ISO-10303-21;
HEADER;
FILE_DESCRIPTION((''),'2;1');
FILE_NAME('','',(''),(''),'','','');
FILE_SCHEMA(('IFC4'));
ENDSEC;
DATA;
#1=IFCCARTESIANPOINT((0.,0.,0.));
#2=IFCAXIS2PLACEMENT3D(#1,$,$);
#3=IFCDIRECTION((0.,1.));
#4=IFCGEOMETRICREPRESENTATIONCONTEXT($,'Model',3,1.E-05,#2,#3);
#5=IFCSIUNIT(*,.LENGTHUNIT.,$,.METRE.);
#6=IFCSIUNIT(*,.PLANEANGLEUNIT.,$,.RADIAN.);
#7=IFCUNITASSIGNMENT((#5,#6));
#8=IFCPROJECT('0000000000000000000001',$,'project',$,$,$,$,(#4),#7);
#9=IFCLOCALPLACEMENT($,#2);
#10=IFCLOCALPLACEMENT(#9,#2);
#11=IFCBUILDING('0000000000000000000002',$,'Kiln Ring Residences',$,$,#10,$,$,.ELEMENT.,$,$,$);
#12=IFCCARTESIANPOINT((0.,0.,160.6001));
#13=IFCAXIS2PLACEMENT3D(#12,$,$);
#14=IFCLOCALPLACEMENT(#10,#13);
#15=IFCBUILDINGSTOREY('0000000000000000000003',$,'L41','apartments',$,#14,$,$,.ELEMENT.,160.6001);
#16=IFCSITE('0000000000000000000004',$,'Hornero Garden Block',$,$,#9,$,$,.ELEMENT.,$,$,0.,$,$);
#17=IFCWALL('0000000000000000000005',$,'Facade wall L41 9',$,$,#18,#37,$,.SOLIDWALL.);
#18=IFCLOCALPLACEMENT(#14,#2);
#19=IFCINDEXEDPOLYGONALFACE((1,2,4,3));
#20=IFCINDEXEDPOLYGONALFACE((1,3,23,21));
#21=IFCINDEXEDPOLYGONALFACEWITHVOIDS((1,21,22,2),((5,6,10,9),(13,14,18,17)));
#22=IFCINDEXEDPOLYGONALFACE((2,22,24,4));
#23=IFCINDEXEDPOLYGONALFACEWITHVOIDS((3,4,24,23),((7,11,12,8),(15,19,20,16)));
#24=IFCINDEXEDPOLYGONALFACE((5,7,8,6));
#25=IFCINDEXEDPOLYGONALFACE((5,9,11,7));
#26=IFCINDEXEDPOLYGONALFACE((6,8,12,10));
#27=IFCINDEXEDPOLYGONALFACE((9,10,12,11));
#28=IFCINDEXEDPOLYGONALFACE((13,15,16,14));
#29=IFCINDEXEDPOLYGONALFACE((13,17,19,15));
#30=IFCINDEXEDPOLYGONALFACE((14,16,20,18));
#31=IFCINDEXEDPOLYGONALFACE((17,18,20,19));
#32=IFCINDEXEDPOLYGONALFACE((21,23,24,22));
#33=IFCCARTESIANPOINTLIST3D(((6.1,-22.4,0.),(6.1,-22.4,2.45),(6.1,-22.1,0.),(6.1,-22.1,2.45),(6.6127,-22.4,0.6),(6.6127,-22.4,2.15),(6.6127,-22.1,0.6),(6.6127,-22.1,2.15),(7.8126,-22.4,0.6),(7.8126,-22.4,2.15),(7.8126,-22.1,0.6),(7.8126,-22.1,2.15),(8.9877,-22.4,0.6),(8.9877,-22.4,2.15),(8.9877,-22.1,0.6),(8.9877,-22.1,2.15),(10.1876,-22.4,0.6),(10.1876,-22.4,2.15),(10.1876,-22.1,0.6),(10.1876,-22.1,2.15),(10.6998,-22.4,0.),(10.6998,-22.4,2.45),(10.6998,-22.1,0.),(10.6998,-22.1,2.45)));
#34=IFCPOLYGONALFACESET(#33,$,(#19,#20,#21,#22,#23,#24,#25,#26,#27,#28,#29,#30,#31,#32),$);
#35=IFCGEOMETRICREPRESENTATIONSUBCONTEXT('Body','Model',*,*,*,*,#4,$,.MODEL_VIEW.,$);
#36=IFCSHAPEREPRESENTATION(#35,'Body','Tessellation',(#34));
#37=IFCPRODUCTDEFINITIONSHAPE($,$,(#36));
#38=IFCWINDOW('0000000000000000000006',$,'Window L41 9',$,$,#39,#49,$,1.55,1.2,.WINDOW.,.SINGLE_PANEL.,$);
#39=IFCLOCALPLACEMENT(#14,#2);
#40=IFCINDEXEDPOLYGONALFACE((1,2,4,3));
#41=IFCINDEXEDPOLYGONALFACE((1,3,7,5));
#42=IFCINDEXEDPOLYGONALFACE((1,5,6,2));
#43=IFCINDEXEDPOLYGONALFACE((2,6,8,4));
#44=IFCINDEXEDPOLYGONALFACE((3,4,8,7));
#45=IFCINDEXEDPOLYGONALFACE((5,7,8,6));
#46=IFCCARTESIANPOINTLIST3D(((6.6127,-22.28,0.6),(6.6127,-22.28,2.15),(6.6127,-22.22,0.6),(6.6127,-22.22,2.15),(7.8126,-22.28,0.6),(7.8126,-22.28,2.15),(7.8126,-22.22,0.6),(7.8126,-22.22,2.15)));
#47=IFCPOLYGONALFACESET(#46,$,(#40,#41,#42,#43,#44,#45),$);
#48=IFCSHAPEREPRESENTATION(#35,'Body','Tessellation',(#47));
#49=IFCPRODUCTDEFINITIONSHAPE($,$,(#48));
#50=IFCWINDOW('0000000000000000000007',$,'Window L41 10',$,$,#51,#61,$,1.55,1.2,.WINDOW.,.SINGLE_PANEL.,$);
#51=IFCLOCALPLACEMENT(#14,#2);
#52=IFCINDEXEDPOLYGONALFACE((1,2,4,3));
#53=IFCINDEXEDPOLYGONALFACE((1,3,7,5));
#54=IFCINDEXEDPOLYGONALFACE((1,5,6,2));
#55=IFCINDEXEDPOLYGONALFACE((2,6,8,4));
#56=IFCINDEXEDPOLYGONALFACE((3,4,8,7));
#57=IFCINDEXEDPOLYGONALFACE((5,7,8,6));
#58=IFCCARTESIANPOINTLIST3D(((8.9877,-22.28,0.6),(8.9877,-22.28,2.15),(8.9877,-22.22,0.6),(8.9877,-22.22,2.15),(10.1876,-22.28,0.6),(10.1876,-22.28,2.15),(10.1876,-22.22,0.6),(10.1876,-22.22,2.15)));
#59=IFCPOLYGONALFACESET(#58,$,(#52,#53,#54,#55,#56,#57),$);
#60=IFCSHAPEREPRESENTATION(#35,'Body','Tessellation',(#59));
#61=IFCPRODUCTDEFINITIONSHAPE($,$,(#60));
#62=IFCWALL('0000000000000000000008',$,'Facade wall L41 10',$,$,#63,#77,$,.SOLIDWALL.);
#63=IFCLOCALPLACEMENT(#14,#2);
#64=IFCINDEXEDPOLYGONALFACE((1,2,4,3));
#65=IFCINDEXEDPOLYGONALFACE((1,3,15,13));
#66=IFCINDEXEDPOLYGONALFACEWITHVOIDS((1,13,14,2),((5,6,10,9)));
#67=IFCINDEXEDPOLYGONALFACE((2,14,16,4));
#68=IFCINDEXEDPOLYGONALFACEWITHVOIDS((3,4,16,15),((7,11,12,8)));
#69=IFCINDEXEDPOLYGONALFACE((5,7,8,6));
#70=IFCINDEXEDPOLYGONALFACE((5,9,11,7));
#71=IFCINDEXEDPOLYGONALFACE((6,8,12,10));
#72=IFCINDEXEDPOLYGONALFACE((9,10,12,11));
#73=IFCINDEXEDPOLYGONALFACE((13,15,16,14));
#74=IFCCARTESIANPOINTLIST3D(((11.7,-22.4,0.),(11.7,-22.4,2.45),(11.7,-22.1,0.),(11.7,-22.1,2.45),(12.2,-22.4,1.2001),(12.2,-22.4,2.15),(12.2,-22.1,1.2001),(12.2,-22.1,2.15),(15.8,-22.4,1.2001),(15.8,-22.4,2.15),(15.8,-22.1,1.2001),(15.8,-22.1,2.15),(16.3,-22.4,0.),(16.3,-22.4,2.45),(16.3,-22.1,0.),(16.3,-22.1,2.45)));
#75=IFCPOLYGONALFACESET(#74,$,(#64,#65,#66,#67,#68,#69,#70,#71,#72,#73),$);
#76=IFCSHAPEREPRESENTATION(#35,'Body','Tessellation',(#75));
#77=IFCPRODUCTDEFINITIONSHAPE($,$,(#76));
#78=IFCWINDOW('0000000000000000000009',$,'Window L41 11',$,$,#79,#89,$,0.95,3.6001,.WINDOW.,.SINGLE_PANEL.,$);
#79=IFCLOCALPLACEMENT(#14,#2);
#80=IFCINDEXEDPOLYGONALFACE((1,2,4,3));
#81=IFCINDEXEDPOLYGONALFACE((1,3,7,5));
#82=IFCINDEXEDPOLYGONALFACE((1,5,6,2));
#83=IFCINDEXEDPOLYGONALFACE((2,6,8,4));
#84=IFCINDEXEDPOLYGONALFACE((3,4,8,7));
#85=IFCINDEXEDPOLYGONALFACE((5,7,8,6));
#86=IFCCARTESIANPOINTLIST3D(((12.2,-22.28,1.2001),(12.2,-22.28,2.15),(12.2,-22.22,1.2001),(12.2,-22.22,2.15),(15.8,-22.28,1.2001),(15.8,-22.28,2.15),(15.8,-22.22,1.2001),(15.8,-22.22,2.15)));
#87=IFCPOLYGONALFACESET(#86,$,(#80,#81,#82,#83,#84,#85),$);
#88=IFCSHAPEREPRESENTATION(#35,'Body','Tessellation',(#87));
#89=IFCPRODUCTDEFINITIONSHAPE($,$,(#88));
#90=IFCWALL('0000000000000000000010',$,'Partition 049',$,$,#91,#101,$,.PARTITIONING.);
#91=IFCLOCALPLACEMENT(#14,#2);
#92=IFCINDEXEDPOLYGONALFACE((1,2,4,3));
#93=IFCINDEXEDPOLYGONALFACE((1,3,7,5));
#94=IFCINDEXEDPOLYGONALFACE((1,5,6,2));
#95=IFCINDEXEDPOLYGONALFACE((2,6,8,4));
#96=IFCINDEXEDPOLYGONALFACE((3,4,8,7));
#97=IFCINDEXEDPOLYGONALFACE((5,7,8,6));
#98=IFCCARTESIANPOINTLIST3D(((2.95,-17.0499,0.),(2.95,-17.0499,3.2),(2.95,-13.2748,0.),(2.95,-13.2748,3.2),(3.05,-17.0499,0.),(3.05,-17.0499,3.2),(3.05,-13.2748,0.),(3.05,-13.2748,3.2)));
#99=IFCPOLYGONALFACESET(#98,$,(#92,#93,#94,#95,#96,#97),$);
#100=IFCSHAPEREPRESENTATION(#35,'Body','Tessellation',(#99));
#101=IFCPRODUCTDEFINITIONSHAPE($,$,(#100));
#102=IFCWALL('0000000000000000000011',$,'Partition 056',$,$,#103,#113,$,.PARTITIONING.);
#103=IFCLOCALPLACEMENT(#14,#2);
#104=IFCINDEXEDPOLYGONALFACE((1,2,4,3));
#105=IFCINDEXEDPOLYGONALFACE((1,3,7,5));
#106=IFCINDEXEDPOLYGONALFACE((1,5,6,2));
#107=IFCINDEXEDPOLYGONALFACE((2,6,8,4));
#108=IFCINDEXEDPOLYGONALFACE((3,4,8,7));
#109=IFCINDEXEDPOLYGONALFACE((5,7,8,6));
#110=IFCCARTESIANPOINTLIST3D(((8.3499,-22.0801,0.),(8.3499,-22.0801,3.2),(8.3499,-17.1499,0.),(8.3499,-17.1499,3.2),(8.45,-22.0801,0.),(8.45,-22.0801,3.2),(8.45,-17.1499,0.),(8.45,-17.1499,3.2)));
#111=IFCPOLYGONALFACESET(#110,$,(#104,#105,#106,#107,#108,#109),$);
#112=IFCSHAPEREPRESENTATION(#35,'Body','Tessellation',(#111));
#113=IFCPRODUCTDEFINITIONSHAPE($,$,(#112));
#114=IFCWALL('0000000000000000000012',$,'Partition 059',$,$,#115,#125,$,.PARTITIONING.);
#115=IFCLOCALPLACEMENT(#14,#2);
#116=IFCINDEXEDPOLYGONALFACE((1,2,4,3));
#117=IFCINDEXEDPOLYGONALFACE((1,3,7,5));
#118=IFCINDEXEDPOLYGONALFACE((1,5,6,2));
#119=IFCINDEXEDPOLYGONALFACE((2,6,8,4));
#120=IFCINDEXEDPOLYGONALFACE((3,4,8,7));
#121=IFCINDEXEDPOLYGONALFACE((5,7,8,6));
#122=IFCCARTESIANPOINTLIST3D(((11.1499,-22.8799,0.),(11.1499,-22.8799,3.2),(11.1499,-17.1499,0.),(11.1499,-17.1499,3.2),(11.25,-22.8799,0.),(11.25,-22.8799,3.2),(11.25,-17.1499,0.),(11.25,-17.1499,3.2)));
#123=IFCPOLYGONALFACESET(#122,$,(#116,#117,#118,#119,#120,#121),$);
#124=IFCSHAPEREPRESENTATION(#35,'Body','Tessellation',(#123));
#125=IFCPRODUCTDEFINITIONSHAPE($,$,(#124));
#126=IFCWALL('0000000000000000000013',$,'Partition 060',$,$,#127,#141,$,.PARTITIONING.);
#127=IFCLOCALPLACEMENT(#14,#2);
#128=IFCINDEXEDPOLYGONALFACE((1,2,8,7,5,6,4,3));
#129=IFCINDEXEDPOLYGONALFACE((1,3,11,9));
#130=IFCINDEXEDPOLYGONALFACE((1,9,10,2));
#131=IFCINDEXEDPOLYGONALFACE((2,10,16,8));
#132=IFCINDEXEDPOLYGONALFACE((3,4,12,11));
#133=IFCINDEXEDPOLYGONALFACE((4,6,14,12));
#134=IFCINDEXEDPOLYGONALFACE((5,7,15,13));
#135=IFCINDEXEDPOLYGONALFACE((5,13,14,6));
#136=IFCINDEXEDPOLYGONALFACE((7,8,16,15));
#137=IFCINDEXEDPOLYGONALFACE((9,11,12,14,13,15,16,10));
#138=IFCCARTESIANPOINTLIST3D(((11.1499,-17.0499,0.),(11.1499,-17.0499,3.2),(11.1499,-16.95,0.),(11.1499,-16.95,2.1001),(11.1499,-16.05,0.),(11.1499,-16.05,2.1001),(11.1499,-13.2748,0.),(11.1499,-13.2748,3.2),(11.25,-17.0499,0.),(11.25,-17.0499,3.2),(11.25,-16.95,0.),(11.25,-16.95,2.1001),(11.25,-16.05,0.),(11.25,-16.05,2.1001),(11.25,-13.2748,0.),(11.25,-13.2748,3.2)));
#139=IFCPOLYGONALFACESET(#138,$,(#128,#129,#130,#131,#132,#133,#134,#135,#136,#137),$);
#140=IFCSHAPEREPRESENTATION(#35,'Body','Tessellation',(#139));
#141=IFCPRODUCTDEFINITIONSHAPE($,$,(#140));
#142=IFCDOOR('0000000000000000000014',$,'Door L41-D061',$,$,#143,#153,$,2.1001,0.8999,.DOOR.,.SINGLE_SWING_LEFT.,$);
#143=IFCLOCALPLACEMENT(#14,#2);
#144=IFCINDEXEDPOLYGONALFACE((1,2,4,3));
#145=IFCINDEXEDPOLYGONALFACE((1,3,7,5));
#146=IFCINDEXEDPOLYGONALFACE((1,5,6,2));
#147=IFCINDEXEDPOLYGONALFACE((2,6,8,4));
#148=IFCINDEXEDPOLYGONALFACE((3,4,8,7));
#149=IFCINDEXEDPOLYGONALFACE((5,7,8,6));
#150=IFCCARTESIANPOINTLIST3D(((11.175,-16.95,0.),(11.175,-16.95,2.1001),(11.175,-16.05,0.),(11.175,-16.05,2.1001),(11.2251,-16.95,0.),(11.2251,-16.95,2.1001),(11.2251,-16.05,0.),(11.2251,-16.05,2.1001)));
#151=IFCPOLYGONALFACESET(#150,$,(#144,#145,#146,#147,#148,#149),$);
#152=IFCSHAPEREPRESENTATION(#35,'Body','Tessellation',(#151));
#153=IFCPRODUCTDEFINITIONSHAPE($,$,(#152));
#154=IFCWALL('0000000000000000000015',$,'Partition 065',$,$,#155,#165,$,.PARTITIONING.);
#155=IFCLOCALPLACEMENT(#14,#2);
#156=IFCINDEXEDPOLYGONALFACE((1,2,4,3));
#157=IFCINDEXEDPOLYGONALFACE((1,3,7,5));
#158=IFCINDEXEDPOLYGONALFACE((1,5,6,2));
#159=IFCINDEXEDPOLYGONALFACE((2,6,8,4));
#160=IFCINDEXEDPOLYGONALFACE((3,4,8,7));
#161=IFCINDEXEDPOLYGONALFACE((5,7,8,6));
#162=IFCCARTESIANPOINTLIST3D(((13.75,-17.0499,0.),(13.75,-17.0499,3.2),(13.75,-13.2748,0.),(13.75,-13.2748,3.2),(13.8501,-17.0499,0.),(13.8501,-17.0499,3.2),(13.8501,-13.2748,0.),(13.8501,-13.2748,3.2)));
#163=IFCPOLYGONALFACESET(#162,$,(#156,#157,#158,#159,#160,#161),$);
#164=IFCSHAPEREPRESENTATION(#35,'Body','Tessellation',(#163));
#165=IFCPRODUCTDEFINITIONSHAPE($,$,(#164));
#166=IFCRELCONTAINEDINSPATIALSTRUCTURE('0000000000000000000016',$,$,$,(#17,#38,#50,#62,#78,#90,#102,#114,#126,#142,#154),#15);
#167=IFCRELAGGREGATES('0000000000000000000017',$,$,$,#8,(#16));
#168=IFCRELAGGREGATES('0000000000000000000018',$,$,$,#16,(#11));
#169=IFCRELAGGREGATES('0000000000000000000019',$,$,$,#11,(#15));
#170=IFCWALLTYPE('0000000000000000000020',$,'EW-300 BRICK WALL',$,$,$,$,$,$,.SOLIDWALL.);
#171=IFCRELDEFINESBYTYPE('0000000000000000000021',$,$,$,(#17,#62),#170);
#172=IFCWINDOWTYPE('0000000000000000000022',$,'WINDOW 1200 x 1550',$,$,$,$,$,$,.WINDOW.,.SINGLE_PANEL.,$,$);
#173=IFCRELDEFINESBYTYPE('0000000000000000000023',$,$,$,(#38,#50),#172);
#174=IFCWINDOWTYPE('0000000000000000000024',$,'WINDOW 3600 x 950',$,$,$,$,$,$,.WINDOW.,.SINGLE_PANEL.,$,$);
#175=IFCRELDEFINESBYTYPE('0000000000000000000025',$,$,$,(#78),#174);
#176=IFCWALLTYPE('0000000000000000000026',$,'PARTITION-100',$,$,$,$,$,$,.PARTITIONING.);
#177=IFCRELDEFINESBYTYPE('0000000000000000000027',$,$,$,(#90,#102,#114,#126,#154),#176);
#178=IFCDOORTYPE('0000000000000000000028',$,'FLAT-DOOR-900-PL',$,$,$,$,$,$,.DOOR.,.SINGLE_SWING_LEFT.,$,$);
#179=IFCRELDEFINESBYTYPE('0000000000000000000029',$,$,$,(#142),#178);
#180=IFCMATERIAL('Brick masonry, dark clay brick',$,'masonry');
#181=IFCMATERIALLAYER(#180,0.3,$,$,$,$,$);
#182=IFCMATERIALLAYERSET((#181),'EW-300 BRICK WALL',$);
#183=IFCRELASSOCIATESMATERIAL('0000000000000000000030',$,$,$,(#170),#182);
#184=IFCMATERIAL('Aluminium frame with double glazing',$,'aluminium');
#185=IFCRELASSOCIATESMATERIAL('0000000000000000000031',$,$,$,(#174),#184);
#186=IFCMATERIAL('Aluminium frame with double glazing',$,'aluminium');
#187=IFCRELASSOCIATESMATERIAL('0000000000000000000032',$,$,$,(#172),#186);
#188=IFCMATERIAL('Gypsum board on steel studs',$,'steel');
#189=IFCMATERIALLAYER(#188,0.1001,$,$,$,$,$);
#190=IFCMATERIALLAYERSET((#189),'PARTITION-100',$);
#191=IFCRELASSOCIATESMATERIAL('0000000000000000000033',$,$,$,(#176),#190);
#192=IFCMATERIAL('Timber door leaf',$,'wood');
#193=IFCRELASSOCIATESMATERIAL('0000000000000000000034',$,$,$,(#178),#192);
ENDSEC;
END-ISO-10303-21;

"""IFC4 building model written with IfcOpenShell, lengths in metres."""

from ifc_helpers import new_model, si_unit, direction, frame, frame_2d, origin, place, context, subcontext, project, spatial, rectangle, extrude, material, layer, layer_set, type_object, element, fill, save


model = new_model("IFC4")

# Units and contexts
model_context = context("Model", 3, precision=1e-05, world=origin(), true_north=direction((0.0, 1.0)))
body_context = subcontext(model_context, "Body", "Model", "MODEL_VIEW")
ifc_project = project(units=[si_unit("LENGTHUNIT", "METRE"), si_unit("PLANEANGLEUNIT", "RADIAN")], contexts=[model_context])

# Site, building, storey
site_placement = place(None, origin())
site = spatial("IfcSite", under=ifc_project, at=site_placement, Name="Hornero Garden Block", CompositionType="ELEMENT", RefElevation=0.0)
building_placement = place(site_placement, origin())
building = spatial("IfcBuilding", under=site, at=building_placement, Name="Kiln Ring Residences", CompositionType="ELEMENT")
storey_placement = place(building_placement, frame((0.0, 0.0, 160.6001)))
storey = spatial("IfcBuildingStorey", under=building, at=storey_placement, Name="L41", Description="apartments", CompositionType="ELEMENT", Elevation=160.6001)

# Shared definitions
ifc_material_1 = material(Name="Brick masonry, dark clay brick", Category="masonry")
ifc_layer_1 = layer(ifc_material_1, 0.3)
ifc_layer_set_1 = layer_set([ifc_layer_1], Name="EW-300 BRICK WALL")
wall_type_1 = type_object("IfcWallType", Name="EW-300 BRICK WALL", PredefinedType="SOLIDWALL", material=ifc_layer_set_1)
ifc_material_2 = material(Name="Aluminium frame with double glazing", Category="aluminium")
window_type_1 = type_object("IfcWindowType", Name="WINDOW 3600 x 950", PartitioningType="SINGLE_PANEL", PredefinedType="WINDOW", material=ifc_material_2)

# Wall, openings, windows
wall_1_placement = place(storey_placement, frame((6.1001, -22.25, 0.0), z_axis=(0.0, 0.0, 1.0), x_axis=(1.0, 0.0, 0.0)))
wall_1 = element("IfcWall", 1, at=wall_1_placement, inside=storey, type_object=wall_type_1, Name="Facade wall L41 9", PredefinedType="SOLIDWALL", context=body_context, shape_type="SweptSolid", body=[
    extrude(rectangle(XDim=4.5999, YDim=0.3, at=frame_2d((2.2998, 0.0))), origin(), (0.0, 0.0, 1.0), 2.45),
])
opening_1_placement = place(wall_1_placement, frame((0.5125, 0.0, 0.6001)))
opening_1 = element("IfcOpeningElement", 2, at=opening_1_placement, cuts=wall_1, PredefinedType="OPENING", context=body_context, shape_type="SweptSolid", body=[
    extrude(rectangle(XDim=1.2, YDim=1.55, at=frame_2d((0.6001, 0.7749))), frame((0.0, 0.1599, 0.0), z_axis=(0.0, -1.0, 0.0), x_axis=(1.0, 0.0, 0.0)), (0.0, 0.0, 1.0), 0.3201),
])
opening_2_placement = place(wall_1_placement, frame((2.8875, 0.0, 0.6001)))
opening_2 = element("IfcOpeningElement", 3, at=opening_2_placement, cuts=wall_1, PredefinedType="OPENING", context=body_context, shape_type="SweptSolid", body=[
    extrude(rectangle(XDim=1.2, YDim=1.55, at=frame_2d((0.6001, 0.7749))), frame((0.0, 0.1599, 0.0), z_axis=(0.0, -1.0, 0.0), x_axis=(1.0, 0.0, 0.0)), (0.0, 0.0, 1.0), 0.3201),
])
ifc_material_3 = material(Name="Aluminium frame with double glazing", Category="aluminium")
window_type_2 = type_object("IfcWindowType", Name="WINDOW 1200 x 1550", PartitioningType="SINGLE_PANEL", PredefinedType="WINDOW", material=ifc_material_3)
window_1_placement = place(opening_1_placement, origin())
window_1 = element("IfcWindow", 4, at=window_1_placement, inside=storey, type_object=window_type_2, Name="Window L41 9", OverallHeight=1.55, OverallWidth=1.2, PartitioningType="SINGLE_PANEL", PredefinedType="WINDOW", context=body_context, shape_type="SweptSolid", body=[
    extrude(rectangle(XDim=1.2, YDim=1.55, at=frame_2d((0.6001, 0.7749))), frame((0.0, 0.03, 0.0), z_axis=(0.0, -1.0, 0.0), x_axis=(1.0, 0.0, 0.0)), (0.0, 0.0, 1.0), 0.0601),
])
fill(opening_1, window_1)
window_2_placement = place(opening_2_placement, origin())
window_2 = element("IfcWindow", 5, at=window_2_placement, inside=storey, type_object=window_type_2, Name="Window L41 10", OverallHeight=1.55, OverallWidth=1.2, PartitioningType="SINGLE_PANEL", PredefinedType="WINDOW", context=body_context, shape_type="SweptSolid", body=[
    extrude(rectangle(XDim=1.2, YDim=1.55, at=frame_2d((0.6001, 0.7749))), frame((0.0, 0.03, 0.0), z_axis=(0.0, -1.0, 0.0), x_axis=(1.0, 0.0, 0.0)), (0.0, 0.0, 1.0), 0.0601),
])
fill(opening_2, window_2)

# Wall, opening, window
wall_2_placement = place(storey_placement, frame((11.7, -22.25, 0.0), z_axis=(0.0, 0.0, 1.0), x_axis=(1.0, 0.0, 0.0)))
wall_2 = element("IfcWall", 6, at=wall_2_placement, inside=storey, type_object=wall_type_1, Name="Facade wall L41 10", PredefinedType="SOLIDWALL", context=body_context, shape_type="SweptSolid", body=[
    extrude(rectangle(XDim=4.6001, YDim=0.3, at=frame_2d((2.3, 0.0))), origin(), (0.0, 0.0, 1.0), 2.45),
])
opening_3_placement = place(wall_2_placement, frame((0.5, 0.0, 1.2)))
opening_3 = element("IfcOpeningElement", 7, at=opening_3_placement, cuts=wall_2, PredefinedType="OPENING", context=body_context, shape_type="SweptSolid", body=[
    extrude(rectangle(XDim=3.6001, YDim=0.95, at=frame_2d((1.8, 0.4751))), frame((0.0, 0.1599, 0.0), z_axis=(0.0, -1.0, 0.0), x_axis=(1.0, 0.0, 0.0)), (0.0, 0.0, 1.0), 0.3201),
])
window_3_placement = place(opening_3_placement, origin())
window_3 = element("IfcWindow", 8, at=window_3_placement, inside=storey, type_object=window_type_1, Name="Window L41 11", OverallHeight=0.95, OverallWidth=3.6001, PartitioningType="SINGLE_PANEL", PredefinedType="WINDOW", context=body_context, shape_type="SweptSolid", body=[
    extrude(rectangle(XDim=3.6001, YDim=0.95, at=frame_2d((1.8, 0.4751))), frame((0.0, 0.03, 0.0), z_axis=(0.0, -1.0, 0.0), x_axis=(1.0, 0.0, 0.0)), (0.0, 0.0, 1.0), 0.0601),
])
fill(opening_3, window_3)

# Walls
ifc_material_4 = material(Name="Gypsum board on steel studs", Category="steel")
ifc_layer_2 = layer(ifc_material_4, 0.1001)
ifc_layer_set_2 = layer_set([ifc_layer_2], Name="PARTITION-100")
wall_type_2 = type_object("IfcWallType", Name="PARTITION-100", PredefinedType="PARTITIONING", material=ifc_layer_set_2)
wall_3_placement = place(storey_placement, frame((3.0, -17.05, 0.0), z_axis=(0.0, 0.0, 1.0), x_axis=(0.0, 1.0, 0.0)))
element("IfcWall", 9, at=wall_3_placement, inside=storey, type_object=wall_type_2, Name="Partition 049", PredefinedType="PARTITIONING", context=body_context, shape_type="SweptSolid", body=[
    extrude(rectangle(XDim=3.7751, YDim=0.1001, at=frame_2d((1.8877, 0.0))), origin(), (0.0, 0.0, 1.0), 3.2),
])
wall_4_placement = place(storey_placement, frame((8.3999, -22.0801, 0.0), z_axis=(0.0, 0.0, 1.0), x_axis=(0.0, 1.0, 0.0)))
element("IfcWall", 10, at=wall_4_placement, inside=storey, type_object=wall_type_2, Name="Partition 056", PredefinedType="PARTITIONING", context=body_context, shape_type="SweptSolid", body=[
    extrude(rectangle(XDim=4.9302, YDim=0.1001, at=frame_2d((2.4651, 0.0))), origin(), (0.0, 0.0, 1.0), 3.2),
])
wall_5_placement = place(storey_placement, frame((11.2, -22.8799, 0.0), z_axis=(0.0, 0.0, 1.0), x_axis=(0.0, 1.0, 0.0)))
element("IfcWall", 11, at=wall_5_placement, inside=storey, type_object=wall_type_2, Name="Partition 059", PredefinedType="PARTITIONING", context=body_context, shape_type="SweptSolid", body=[
    extrude(rectangle(XDim=5.73, YDim=0.1001, at=frame_2d((2.865, 0.0))), origin(), (0.0, 0.0, 1.0), 3.2),
])

# Wall, opening, door
wall_6_placement = place(storey_placement, frame((11.2, -17.05, 0.0), z_axis=(0.0, 0.0, 1.0), x_axis=(0.0, 1.0, 0.0)))
wall_6 = element("IfcWall", 12, at=wall_6_placement, inside=storey, type_object=wall_type_2, Name="Partition 060", PredefinedType="PARTITIONING", context=body_context, shape_type="SweptSolid", body=[
    extrude(rectangle(XDim=3.7751, YDim=0.1001, at=frame_2d((1.8877, 0.0))), origin(), (0.0, 0.0, 1.0), 3.2),
])
opening_4_placement = place(wall_6_placement, frame((0.1001, 0.0, 0.0)))
opening_4 = element("IfcOpeningElement", 13, at=opening_4_placement, cuts=wall_6, PredefinedType="OPENING", context=body_context, shape_type="SweptSolid", body=[
    extrude(rectangle(XDim=0.8999, YDim=2.1001, at=frame_2d((0.45, 1.05))), frame((0.0, 0.0601, 0.0), z_axis=(0.0, -1.0, 0.0), x_axis=(1.0, 0.0, 0.0)), (0.0, 0.0, 1.0), 0.1201),
])
ifc_material_5 = material(Name="Timber door leaf", Category="wood")
door_type = type_object("IfcDoorType", Name="FLAT-DOOR-900-PL", OperationType="SINGLE_SWING_LEFT", PredefinedType="DOOR", material=ifc_material_5)
door_placement = place(opening_4_placement, origin())
door = element("IfcDoor", 14, at=door_placement, inside=storey, type_object=door_type, Name="Door L41-D061", OperationType="SINGLE_SWING_LEFT", OverallHeight=2.1001, OverallWidth=0.8999, PredefinedType="DOOR", context=body_context, shape_type="SweptSolid", body=[
    extrude(rectangle(XDim=0.8999, YDim=2.1001, at=frame_2d((0.45, 1.05))), frame((0.0, 0.0249, 0.0), z_axis=(0.0, -1.0, 0.0), x_axis=(1.0, 0.0, 0.0)), (0.0, 0.0, 1.0), 0.05),
])
fill(opening_4, door)

# Wall
wall_7_placement = place(storey_placement, frame((13.8, -17.05, 0.0), z_axis=(0.0, 0.0, 1.0), x_axis=(0.0, 1.0, 0.0)))
element("IfcWall", 15, at=wall_7_placement, inside=storey, type_object=wall_type_2, Name="Partition 065", PredefinedType="PARTITIONING", context=body_context, shape_type="SweptSolid", body=[
    extrude(rectangle(XDim=3.7751, YDim=0.1001, at=frame_2d((1.8877, 0.0))), origin(), (0.0, 0.0, 1.0), 3.2),
])

save(model, "model.ifc")
